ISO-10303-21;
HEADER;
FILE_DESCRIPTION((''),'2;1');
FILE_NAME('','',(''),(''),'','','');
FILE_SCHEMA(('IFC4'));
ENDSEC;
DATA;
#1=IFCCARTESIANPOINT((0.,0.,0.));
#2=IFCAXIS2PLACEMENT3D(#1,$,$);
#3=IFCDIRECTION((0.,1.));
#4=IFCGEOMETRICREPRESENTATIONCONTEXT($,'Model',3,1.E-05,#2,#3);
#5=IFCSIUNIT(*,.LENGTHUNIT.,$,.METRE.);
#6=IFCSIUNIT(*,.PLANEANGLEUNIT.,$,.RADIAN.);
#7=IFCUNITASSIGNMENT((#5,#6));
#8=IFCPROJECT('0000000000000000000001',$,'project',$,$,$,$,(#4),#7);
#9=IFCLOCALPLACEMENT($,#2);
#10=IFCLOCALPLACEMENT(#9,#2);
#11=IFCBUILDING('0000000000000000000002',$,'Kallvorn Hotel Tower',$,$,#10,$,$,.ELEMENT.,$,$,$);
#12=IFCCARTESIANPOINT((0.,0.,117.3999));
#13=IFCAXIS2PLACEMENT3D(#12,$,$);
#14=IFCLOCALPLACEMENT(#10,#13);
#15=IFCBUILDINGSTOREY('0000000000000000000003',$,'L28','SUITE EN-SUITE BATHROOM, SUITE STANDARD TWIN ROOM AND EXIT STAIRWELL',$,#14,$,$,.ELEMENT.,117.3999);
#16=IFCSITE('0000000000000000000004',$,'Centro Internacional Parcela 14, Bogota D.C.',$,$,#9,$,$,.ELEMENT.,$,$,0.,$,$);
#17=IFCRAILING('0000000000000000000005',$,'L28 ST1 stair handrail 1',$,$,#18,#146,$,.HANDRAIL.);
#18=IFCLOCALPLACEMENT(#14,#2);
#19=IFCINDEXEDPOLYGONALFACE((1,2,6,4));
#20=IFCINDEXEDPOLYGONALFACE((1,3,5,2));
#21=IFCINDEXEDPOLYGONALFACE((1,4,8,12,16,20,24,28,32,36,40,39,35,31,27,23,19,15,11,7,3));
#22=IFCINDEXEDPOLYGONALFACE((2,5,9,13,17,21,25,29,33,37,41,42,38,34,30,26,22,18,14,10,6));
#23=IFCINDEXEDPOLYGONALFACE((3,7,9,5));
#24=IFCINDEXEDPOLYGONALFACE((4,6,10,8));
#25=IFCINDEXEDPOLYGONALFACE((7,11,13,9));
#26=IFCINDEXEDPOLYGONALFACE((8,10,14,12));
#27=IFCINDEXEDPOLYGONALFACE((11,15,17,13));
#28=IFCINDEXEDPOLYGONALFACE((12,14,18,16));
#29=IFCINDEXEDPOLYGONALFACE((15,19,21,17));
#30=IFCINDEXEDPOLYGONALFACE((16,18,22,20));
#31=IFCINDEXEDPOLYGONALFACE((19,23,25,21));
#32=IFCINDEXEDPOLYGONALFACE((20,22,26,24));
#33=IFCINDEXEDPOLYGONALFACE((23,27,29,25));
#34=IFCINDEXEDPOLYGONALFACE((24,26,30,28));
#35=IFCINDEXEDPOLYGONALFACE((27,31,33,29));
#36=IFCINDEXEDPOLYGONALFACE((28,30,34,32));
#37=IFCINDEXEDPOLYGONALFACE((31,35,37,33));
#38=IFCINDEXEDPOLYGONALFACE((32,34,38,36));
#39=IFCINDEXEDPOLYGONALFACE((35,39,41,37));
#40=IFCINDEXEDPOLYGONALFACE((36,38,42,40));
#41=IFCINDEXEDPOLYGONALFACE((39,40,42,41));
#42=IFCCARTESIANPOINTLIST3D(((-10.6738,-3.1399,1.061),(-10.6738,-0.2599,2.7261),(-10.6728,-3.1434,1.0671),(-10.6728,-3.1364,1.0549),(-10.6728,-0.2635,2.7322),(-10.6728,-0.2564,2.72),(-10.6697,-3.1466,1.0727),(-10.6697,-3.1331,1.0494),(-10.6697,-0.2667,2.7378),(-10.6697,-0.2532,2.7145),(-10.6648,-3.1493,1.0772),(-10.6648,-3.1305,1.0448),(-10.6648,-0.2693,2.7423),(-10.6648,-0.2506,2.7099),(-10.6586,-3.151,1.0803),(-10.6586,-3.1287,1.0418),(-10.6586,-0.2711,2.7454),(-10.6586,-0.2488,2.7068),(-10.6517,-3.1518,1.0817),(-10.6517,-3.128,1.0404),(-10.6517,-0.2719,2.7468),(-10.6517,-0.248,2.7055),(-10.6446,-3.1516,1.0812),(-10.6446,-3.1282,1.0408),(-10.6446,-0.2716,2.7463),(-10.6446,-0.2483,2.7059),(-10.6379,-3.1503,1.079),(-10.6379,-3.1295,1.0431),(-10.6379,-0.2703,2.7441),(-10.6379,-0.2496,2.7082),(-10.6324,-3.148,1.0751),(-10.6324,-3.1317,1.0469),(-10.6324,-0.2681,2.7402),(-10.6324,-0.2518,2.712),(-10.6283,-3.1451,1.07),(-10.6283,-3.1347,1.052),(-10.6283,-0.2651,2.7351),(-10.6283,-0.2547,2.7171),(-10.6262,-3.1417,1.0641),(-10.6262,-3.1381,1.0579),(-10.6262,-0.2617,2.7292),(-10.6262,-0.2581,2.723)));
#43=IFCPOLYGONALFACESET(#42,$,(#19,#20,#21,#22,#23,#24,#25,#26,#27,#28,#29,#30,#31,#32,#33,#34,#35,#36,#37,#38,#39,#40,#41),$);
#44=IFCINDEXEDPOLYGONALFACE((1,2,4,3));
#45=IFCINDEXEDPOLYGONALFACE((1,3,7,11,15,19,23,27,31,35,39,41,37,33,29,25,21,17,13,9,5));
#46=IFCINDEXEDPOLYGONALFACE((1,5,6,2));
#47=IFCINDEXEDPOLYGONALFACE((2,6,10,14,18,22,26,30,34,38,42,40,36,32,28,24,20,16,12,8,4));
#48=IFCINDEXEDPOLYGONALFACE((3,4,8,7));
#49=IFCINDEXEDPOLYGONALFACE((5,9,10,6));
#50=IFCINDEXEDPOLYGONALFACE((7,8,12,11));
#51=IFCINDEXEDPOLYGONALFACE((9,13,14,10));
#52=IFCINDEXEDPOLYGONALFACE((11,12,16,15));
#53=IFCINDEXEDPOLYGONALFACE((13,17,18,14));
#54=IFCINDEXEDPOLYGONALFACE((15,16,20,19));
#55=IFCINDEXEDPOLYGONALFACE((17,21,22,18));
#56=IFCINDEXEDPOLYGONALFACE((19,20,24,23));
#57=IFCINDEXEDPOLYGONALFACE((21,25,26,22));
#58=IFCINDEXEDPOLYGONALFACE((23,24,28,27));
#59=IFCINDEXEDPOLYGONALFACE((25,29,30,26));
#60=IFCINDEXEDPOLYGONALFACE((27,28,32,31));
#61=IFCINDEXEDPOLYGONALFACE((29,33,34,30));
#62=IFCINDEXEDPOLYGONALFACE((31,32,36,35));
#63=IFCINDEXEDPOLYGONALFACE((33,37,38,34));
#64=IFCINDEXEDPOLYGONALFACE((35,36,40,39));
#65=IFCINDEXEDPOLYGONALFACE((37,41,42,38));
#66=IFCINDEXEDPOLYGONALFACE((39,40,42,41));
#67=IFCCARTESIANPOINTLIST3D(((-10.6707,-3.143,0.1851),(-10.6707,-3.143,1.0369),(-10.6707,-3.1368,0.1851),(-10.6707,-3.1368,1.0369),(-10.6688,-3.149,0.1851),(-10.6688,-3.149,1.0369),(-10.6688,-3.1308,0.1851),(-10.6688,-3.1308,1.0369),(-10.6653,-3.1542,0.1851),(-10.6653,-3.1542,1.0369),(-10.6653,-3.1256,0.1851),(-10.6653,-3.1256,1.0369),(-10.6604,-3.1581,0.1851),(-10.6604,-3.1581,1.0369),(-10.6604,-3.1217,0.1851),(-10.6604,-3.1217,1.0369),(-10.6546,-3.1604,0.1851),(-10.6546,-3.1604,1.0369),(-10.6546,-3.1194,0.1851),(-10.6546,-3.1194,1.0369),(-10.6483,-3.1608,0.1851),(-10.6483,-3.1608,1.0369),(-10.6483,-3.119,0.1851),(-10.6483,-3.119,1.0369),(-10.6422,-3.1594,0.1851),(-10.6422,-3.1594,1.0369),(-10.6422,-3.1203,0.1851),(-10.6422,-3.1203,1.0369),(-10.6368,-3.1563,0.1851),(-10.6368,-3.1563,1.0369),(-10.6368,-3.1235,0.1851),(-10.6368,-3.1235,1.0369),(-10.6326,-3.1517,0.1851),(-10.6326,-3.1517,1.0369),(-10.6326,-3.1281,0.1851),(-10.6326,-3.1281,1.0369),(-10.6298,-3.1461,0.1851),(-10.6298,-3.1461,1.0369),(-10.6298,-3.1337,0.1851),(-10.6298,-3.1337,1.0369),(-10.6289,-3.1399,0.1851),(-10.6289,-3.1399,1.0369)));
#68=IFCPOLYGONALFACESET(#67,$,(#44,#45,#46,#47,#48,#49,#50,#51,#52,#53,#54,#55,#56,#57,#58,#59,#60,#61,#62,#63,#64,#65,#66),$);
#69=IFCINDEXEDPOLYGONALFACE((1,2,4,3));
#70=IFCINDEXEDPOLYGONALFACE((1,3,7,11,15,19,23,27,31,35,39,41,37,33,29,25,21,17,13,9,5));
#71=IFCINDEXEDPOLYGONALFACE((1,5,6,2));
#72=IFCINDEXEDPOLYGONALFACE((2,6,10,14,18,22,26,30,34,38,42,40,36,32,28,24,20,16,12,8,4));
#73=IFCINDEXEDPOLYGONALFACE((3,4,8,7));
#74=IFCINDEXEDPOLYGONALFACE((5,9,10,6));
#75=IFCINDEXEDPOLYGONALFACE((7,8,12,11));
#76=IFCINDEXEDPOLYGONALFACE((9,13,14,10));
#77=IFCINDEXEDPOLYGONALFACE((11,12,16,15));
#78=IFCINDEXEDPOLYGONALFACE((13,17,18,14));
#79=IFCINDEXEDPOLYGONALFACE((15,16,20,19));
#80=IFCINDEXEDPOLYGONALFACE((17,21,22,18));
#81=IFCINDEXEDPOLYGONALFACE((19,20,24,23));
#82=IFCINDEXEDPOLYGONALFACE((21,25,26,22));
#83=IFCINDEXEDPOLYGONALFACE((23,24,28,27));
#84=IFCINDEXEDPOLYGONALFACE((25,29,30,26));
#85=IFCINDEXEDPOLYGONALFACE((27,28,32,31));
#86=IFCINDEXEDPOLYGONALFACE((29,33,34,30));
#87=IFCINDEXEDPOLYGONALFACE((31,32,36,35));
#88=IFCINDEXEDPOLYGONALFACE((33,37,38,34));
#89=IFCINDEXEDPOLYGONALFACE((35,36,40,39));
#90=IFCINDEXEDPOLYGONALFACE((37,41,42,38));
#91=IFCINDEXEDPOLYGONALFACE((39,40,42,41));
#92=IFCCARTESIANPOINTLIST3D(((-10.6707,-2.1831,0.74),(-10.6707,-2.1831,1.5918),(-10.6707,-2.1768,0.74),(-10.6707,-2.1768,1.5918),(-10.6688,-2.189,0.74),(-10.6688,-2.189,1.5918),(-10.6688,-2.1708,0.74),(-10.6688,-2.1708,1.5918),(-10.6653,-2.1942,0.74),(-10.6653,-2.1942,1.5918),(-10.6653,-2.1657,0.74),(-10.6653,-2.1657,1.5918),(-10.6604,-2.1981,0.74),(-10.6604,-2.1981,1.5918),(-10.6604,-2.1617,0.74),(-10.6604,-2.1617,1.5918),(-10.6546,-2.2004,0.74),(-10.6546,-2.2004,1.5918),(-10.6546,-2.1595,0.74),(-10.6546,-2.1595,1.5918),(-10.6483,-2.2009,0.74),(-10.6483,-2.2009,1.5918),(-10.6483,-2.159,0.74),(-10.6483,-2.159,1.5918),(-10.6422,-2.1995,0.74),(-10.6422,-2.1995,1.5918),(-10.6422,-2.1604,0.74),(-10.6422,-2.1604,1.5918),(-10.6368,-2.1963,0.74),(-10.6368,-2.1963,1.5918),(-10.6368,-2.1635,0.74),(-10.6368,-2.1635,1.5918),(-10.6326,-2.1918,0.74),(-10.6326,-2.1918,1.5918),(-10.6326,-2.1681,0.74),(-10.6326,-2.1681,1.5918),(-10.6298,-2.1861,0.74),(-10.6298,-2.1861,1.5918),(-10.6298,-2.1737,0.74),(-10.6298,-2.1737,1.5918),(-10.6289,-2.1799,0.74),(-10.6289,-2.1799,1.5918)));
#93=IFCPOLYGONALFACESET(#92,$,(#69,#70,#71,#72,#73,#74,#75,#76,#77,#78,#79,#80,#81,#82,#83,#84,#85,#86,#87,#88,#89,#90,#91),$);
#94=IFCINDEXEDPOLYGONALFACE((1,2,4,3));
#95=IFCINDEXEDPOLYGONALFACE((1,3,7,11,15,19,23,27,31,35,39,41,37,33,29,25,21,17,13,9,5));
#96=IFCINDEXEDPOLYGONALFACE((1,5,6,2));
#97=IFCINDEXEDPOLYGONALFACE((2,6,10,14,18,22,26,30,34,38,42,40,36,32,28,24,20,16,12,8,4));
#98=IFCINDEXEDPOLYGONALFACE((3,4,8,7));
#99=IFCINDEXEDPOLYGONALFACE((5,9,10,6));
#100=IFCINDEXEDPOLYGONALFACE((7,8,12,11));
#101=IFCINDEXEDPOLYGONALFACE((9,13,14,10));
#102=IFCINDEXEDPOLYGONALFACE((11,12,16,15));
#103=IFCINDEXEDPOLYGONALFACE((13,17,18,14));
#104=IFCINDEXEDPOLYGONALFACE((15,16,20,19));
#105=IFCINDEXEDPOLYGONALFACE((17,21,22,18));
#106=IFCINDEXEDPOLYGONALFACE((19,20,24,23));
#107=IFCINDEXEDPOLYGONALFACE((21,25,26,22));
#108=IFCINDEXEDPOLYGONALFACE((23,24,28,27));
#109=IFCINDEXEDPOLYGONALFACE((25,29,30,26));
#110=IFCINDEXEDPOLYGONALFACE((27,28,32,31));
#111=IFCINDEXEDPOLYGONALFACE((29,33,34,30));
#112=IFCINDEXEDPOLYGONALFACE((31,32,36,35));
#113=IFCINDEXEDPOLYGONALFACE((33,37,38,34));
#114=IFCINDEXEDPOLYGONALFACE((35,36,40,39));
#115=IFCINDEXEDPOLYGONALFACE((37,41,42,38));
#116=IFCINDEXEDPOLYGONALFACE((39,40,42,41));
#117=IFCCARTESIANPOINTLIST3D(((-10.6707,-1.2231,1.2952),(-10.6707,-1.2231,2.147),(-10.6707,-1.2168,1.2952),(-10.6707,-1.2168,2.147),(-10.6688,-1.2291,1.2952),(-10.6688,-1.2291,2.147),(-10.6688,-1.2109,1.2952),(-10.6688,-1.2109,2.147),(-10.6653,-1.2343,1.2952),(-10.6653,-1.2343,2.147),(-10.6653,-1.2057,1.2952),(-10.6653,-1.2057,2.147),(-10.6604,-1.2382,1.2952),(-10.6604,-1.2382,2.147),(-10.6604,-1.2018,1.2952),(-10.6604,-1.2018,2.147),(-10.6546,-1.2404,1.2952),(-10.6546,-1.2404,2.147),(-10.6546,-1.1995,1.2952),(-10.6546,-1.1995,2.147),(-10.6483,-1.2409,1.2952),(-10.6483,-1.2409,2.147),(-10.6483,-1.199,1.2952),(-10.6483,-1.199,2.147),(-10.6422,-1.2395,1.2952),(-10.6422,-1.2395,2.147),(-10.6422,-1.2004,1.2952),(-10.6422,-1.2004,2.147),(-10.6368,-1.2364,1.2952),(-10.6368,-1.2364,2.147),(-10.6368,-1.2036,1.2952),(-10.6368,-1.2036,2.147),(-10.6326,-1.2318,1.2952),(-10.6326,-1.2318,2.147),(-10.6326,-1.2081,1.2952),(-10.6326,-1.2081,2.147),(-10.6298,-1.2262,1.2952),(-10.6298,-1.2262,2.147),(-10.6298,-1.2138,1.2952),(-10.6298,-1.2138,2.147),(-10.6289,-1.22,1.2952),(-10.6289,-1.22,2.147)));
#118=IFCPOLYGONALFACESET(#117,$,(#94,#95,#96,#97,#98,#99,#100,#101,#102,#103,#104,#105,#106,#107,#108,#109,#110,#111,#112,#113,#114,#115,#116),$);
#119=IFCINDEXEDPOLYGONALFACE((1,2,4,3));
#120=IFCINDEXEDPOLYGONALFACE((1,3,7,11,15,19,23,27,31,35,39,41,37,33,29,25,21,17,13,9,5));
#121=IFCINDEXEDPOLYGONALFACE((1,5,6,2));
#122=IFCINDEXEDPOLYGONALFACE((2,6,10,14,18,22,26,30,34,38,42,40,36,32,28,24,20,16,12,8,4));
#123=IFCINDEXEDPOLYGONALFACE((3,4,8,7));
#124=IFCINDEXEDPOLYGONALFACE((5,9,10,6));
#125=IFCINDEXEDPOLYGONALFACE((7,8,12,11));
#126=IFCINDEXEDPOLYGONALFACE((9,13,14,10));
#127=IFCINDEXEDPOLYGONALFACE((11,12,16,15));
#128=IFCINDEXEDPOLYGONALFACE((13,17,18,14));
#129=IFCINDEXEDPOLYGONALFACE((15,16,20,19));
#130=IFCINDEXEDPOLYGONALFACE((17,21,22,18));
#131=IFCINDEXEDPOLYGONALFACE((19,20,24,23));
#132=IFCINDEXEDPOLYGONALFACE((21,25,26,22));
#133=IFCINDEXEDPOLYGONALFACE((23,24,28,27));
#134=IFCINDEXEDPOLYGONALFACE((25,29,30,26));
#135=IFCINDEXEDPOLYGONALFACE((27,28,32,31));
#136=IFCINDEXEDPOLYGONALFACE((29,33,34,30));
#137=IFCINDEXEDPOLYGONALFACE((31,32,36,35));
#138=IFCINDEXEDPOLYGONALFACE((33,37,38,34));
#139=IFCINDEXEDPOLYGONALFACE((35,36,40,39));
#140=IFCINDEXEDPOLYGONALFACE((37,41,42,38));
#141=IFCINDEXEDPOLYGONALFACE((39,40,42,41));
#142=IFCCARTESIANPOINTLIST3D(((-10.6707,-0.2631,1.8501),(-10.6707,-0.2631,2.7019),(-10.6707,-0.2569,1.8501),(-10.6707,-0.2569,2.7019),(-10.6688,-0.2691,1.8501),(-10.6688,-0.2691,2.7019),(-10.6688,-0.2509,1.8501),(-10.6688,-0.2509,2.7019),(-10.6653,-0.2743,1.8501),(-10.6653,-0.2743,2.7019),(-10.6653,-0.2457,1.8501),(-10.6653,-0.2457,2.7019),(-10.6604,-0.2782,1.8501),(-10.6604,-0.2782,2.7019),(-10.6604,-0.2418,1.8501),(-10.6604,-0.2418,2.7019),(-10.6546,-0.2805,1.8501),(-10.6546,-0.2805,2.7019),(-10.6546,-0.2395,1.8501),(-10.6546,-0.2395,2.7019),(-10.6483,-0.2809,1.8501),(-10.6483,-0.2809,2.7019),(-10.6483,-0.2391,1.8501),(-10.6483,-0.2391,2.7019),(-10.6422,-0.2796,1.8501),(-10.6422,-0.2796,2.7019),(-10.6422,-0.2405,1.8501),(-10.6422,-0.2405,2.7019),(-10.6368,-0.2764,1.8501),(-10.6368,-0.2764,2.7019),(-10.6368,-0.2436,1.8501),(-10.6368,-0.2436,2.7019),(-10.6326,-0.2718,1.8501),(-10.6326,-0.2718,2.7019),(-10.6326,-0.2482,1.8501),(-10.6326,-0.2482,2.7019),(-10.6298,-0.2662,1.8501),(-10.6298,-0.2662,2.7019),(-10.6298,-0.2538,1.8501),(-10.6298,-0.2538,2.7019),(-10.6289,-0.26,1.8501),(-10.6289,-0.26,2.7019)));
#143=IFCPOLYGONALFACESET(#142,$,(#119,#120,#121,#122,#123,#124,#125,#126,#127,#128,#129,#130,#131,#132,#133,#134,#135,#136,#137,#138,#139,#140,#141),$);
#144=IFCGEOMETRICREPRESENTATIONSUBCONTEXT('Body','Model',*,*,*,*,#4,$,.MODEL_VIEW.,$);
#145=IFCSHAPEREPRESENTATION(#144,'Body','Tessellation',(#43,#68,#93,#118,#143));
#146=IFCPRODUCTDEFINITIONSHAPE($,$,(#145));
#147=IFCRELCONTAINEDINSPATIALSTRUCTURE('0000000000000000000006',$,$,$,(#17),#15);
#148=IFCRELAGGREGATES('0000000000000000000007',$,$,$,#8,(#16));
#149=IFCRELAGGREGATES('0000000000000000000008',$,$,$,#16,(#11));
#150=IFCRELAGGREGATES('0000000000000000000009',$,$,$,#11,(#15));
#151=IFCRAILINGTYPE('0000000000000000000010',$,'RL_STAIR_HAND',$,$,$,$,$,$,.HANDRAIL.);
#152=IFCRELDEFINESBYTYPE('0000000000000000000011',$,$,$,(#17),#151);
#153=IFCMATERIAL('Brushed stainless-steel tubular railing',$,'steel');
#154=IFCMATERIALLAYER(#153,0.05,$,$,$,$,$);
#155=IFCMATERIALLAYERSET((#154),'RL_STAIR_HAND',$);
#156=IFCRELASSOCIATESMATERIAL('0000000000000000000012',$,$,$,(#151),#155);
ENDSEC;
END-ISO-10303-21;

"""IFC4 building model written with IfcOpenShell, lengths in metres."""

from ifc_helpers import new_model, si_unit, direction, frame, origin, origin_2d, place, context, subcontext, project, spatial, circle, extrude, material, layer, layer_set, type_object, element, save


model = new_model("IFC4")

# Units and contexts
model_context = context("Model", 3, precision=1e-05, world=origin(), true_north=direction((0.0, 1.0)))
body_context = subcontext(model_context, "Body", "Model", "MODEL_VIEW")
ifc_project = project(units=[si_unit("LENGTHUNIT", "METRE"), si_unit("PLANEANGLEUNIT", "RADIAN")], contexts=[model_context])

# Site, building, storey
site_placement = place(None, origin())
site = spatial("IfcSite", under=ifc_project, at=site_placement, Name="Centro Internacional Parcela 14, Bogota D.C.", CompositionType="ELEMENT", RefElevation=0.0)
building_placement = place(site_placement, origin())
building = spatial("IfcBuilding", under=site, at=building_placement, Name="Kallvorn Hotel Tower", CompositionType="ELEMENT")
storey_placement = place(building_placement, frame((0.0, 0.0, 117.3999)))
storey = spatial("IfcBuildingStorey", under=building, at=storey_placement, Name="L28", Description="SUITE EN-SUITE BATHROOM, SUITE STANDARD TWIN ROOM AND EXIT STAIRWELL", CompositionType="ELEMENT", Elevation=117.3999)

# Railing
ifc_material_1 = material(Name="Brushed stainless-steel tubular railing", Category="steel")
ifc_layer_1 = layer(ifc_material_1, 0.05)
ifc_layer_set_1 = layer_set([ifc_layer_1], Name="RL_STAIR_HAND")
railing_type_1 = type_object("IfcRailingType", Name="RL_STAIR_HAND", PredefinedType="HANDRAIL", material=ifc_layer_set_1)
railing_1_placement = place(storey_placement, frame((-10.6499, -3.1399, 0.1851)))
element("IfcRailing", 1, at=railing_1_placement, inside=storey, type_object=railing_type_1, Name="L28 ST1 stair handrail 1", PredefinedType="HANDRAIL", context=body_context, shape_type="SweptSolid", body=[
    extrude(circle(Radius=0.0239, at=origin_2d()), frame((0.0, 0.0, 0.876), z_axis=(0.0, 0.865721, 0.500527), x_axis=(-1.0, 0.0, 0.0)), (0.0, 0.0, 1.0), 3.3267),
    extrude(circle(Radius=0.021, at=origin_2d()), origin(), (0.0, 0.0, 1.0), 0.8518),
    extrude(circle(Radius=0.021, at=origin_2d()), frame((0.0, 0.96, 0.5549)), (0.0, 0.0, 1.0), 0.8518),
    extrude(circle(Radius=0.021, at=origin_2d()), frame((0.0, 1.9199, 1.1101)), (0.0, 0.0, 1.0), 0.8518),
    extrude(circle(Radius=0.021, at=origin_2d()), frame((0.0, 2.8799, 1.665)), (0.0, 0.0, 1.0), 0.8518),
])

save(model, "model.ifc")
